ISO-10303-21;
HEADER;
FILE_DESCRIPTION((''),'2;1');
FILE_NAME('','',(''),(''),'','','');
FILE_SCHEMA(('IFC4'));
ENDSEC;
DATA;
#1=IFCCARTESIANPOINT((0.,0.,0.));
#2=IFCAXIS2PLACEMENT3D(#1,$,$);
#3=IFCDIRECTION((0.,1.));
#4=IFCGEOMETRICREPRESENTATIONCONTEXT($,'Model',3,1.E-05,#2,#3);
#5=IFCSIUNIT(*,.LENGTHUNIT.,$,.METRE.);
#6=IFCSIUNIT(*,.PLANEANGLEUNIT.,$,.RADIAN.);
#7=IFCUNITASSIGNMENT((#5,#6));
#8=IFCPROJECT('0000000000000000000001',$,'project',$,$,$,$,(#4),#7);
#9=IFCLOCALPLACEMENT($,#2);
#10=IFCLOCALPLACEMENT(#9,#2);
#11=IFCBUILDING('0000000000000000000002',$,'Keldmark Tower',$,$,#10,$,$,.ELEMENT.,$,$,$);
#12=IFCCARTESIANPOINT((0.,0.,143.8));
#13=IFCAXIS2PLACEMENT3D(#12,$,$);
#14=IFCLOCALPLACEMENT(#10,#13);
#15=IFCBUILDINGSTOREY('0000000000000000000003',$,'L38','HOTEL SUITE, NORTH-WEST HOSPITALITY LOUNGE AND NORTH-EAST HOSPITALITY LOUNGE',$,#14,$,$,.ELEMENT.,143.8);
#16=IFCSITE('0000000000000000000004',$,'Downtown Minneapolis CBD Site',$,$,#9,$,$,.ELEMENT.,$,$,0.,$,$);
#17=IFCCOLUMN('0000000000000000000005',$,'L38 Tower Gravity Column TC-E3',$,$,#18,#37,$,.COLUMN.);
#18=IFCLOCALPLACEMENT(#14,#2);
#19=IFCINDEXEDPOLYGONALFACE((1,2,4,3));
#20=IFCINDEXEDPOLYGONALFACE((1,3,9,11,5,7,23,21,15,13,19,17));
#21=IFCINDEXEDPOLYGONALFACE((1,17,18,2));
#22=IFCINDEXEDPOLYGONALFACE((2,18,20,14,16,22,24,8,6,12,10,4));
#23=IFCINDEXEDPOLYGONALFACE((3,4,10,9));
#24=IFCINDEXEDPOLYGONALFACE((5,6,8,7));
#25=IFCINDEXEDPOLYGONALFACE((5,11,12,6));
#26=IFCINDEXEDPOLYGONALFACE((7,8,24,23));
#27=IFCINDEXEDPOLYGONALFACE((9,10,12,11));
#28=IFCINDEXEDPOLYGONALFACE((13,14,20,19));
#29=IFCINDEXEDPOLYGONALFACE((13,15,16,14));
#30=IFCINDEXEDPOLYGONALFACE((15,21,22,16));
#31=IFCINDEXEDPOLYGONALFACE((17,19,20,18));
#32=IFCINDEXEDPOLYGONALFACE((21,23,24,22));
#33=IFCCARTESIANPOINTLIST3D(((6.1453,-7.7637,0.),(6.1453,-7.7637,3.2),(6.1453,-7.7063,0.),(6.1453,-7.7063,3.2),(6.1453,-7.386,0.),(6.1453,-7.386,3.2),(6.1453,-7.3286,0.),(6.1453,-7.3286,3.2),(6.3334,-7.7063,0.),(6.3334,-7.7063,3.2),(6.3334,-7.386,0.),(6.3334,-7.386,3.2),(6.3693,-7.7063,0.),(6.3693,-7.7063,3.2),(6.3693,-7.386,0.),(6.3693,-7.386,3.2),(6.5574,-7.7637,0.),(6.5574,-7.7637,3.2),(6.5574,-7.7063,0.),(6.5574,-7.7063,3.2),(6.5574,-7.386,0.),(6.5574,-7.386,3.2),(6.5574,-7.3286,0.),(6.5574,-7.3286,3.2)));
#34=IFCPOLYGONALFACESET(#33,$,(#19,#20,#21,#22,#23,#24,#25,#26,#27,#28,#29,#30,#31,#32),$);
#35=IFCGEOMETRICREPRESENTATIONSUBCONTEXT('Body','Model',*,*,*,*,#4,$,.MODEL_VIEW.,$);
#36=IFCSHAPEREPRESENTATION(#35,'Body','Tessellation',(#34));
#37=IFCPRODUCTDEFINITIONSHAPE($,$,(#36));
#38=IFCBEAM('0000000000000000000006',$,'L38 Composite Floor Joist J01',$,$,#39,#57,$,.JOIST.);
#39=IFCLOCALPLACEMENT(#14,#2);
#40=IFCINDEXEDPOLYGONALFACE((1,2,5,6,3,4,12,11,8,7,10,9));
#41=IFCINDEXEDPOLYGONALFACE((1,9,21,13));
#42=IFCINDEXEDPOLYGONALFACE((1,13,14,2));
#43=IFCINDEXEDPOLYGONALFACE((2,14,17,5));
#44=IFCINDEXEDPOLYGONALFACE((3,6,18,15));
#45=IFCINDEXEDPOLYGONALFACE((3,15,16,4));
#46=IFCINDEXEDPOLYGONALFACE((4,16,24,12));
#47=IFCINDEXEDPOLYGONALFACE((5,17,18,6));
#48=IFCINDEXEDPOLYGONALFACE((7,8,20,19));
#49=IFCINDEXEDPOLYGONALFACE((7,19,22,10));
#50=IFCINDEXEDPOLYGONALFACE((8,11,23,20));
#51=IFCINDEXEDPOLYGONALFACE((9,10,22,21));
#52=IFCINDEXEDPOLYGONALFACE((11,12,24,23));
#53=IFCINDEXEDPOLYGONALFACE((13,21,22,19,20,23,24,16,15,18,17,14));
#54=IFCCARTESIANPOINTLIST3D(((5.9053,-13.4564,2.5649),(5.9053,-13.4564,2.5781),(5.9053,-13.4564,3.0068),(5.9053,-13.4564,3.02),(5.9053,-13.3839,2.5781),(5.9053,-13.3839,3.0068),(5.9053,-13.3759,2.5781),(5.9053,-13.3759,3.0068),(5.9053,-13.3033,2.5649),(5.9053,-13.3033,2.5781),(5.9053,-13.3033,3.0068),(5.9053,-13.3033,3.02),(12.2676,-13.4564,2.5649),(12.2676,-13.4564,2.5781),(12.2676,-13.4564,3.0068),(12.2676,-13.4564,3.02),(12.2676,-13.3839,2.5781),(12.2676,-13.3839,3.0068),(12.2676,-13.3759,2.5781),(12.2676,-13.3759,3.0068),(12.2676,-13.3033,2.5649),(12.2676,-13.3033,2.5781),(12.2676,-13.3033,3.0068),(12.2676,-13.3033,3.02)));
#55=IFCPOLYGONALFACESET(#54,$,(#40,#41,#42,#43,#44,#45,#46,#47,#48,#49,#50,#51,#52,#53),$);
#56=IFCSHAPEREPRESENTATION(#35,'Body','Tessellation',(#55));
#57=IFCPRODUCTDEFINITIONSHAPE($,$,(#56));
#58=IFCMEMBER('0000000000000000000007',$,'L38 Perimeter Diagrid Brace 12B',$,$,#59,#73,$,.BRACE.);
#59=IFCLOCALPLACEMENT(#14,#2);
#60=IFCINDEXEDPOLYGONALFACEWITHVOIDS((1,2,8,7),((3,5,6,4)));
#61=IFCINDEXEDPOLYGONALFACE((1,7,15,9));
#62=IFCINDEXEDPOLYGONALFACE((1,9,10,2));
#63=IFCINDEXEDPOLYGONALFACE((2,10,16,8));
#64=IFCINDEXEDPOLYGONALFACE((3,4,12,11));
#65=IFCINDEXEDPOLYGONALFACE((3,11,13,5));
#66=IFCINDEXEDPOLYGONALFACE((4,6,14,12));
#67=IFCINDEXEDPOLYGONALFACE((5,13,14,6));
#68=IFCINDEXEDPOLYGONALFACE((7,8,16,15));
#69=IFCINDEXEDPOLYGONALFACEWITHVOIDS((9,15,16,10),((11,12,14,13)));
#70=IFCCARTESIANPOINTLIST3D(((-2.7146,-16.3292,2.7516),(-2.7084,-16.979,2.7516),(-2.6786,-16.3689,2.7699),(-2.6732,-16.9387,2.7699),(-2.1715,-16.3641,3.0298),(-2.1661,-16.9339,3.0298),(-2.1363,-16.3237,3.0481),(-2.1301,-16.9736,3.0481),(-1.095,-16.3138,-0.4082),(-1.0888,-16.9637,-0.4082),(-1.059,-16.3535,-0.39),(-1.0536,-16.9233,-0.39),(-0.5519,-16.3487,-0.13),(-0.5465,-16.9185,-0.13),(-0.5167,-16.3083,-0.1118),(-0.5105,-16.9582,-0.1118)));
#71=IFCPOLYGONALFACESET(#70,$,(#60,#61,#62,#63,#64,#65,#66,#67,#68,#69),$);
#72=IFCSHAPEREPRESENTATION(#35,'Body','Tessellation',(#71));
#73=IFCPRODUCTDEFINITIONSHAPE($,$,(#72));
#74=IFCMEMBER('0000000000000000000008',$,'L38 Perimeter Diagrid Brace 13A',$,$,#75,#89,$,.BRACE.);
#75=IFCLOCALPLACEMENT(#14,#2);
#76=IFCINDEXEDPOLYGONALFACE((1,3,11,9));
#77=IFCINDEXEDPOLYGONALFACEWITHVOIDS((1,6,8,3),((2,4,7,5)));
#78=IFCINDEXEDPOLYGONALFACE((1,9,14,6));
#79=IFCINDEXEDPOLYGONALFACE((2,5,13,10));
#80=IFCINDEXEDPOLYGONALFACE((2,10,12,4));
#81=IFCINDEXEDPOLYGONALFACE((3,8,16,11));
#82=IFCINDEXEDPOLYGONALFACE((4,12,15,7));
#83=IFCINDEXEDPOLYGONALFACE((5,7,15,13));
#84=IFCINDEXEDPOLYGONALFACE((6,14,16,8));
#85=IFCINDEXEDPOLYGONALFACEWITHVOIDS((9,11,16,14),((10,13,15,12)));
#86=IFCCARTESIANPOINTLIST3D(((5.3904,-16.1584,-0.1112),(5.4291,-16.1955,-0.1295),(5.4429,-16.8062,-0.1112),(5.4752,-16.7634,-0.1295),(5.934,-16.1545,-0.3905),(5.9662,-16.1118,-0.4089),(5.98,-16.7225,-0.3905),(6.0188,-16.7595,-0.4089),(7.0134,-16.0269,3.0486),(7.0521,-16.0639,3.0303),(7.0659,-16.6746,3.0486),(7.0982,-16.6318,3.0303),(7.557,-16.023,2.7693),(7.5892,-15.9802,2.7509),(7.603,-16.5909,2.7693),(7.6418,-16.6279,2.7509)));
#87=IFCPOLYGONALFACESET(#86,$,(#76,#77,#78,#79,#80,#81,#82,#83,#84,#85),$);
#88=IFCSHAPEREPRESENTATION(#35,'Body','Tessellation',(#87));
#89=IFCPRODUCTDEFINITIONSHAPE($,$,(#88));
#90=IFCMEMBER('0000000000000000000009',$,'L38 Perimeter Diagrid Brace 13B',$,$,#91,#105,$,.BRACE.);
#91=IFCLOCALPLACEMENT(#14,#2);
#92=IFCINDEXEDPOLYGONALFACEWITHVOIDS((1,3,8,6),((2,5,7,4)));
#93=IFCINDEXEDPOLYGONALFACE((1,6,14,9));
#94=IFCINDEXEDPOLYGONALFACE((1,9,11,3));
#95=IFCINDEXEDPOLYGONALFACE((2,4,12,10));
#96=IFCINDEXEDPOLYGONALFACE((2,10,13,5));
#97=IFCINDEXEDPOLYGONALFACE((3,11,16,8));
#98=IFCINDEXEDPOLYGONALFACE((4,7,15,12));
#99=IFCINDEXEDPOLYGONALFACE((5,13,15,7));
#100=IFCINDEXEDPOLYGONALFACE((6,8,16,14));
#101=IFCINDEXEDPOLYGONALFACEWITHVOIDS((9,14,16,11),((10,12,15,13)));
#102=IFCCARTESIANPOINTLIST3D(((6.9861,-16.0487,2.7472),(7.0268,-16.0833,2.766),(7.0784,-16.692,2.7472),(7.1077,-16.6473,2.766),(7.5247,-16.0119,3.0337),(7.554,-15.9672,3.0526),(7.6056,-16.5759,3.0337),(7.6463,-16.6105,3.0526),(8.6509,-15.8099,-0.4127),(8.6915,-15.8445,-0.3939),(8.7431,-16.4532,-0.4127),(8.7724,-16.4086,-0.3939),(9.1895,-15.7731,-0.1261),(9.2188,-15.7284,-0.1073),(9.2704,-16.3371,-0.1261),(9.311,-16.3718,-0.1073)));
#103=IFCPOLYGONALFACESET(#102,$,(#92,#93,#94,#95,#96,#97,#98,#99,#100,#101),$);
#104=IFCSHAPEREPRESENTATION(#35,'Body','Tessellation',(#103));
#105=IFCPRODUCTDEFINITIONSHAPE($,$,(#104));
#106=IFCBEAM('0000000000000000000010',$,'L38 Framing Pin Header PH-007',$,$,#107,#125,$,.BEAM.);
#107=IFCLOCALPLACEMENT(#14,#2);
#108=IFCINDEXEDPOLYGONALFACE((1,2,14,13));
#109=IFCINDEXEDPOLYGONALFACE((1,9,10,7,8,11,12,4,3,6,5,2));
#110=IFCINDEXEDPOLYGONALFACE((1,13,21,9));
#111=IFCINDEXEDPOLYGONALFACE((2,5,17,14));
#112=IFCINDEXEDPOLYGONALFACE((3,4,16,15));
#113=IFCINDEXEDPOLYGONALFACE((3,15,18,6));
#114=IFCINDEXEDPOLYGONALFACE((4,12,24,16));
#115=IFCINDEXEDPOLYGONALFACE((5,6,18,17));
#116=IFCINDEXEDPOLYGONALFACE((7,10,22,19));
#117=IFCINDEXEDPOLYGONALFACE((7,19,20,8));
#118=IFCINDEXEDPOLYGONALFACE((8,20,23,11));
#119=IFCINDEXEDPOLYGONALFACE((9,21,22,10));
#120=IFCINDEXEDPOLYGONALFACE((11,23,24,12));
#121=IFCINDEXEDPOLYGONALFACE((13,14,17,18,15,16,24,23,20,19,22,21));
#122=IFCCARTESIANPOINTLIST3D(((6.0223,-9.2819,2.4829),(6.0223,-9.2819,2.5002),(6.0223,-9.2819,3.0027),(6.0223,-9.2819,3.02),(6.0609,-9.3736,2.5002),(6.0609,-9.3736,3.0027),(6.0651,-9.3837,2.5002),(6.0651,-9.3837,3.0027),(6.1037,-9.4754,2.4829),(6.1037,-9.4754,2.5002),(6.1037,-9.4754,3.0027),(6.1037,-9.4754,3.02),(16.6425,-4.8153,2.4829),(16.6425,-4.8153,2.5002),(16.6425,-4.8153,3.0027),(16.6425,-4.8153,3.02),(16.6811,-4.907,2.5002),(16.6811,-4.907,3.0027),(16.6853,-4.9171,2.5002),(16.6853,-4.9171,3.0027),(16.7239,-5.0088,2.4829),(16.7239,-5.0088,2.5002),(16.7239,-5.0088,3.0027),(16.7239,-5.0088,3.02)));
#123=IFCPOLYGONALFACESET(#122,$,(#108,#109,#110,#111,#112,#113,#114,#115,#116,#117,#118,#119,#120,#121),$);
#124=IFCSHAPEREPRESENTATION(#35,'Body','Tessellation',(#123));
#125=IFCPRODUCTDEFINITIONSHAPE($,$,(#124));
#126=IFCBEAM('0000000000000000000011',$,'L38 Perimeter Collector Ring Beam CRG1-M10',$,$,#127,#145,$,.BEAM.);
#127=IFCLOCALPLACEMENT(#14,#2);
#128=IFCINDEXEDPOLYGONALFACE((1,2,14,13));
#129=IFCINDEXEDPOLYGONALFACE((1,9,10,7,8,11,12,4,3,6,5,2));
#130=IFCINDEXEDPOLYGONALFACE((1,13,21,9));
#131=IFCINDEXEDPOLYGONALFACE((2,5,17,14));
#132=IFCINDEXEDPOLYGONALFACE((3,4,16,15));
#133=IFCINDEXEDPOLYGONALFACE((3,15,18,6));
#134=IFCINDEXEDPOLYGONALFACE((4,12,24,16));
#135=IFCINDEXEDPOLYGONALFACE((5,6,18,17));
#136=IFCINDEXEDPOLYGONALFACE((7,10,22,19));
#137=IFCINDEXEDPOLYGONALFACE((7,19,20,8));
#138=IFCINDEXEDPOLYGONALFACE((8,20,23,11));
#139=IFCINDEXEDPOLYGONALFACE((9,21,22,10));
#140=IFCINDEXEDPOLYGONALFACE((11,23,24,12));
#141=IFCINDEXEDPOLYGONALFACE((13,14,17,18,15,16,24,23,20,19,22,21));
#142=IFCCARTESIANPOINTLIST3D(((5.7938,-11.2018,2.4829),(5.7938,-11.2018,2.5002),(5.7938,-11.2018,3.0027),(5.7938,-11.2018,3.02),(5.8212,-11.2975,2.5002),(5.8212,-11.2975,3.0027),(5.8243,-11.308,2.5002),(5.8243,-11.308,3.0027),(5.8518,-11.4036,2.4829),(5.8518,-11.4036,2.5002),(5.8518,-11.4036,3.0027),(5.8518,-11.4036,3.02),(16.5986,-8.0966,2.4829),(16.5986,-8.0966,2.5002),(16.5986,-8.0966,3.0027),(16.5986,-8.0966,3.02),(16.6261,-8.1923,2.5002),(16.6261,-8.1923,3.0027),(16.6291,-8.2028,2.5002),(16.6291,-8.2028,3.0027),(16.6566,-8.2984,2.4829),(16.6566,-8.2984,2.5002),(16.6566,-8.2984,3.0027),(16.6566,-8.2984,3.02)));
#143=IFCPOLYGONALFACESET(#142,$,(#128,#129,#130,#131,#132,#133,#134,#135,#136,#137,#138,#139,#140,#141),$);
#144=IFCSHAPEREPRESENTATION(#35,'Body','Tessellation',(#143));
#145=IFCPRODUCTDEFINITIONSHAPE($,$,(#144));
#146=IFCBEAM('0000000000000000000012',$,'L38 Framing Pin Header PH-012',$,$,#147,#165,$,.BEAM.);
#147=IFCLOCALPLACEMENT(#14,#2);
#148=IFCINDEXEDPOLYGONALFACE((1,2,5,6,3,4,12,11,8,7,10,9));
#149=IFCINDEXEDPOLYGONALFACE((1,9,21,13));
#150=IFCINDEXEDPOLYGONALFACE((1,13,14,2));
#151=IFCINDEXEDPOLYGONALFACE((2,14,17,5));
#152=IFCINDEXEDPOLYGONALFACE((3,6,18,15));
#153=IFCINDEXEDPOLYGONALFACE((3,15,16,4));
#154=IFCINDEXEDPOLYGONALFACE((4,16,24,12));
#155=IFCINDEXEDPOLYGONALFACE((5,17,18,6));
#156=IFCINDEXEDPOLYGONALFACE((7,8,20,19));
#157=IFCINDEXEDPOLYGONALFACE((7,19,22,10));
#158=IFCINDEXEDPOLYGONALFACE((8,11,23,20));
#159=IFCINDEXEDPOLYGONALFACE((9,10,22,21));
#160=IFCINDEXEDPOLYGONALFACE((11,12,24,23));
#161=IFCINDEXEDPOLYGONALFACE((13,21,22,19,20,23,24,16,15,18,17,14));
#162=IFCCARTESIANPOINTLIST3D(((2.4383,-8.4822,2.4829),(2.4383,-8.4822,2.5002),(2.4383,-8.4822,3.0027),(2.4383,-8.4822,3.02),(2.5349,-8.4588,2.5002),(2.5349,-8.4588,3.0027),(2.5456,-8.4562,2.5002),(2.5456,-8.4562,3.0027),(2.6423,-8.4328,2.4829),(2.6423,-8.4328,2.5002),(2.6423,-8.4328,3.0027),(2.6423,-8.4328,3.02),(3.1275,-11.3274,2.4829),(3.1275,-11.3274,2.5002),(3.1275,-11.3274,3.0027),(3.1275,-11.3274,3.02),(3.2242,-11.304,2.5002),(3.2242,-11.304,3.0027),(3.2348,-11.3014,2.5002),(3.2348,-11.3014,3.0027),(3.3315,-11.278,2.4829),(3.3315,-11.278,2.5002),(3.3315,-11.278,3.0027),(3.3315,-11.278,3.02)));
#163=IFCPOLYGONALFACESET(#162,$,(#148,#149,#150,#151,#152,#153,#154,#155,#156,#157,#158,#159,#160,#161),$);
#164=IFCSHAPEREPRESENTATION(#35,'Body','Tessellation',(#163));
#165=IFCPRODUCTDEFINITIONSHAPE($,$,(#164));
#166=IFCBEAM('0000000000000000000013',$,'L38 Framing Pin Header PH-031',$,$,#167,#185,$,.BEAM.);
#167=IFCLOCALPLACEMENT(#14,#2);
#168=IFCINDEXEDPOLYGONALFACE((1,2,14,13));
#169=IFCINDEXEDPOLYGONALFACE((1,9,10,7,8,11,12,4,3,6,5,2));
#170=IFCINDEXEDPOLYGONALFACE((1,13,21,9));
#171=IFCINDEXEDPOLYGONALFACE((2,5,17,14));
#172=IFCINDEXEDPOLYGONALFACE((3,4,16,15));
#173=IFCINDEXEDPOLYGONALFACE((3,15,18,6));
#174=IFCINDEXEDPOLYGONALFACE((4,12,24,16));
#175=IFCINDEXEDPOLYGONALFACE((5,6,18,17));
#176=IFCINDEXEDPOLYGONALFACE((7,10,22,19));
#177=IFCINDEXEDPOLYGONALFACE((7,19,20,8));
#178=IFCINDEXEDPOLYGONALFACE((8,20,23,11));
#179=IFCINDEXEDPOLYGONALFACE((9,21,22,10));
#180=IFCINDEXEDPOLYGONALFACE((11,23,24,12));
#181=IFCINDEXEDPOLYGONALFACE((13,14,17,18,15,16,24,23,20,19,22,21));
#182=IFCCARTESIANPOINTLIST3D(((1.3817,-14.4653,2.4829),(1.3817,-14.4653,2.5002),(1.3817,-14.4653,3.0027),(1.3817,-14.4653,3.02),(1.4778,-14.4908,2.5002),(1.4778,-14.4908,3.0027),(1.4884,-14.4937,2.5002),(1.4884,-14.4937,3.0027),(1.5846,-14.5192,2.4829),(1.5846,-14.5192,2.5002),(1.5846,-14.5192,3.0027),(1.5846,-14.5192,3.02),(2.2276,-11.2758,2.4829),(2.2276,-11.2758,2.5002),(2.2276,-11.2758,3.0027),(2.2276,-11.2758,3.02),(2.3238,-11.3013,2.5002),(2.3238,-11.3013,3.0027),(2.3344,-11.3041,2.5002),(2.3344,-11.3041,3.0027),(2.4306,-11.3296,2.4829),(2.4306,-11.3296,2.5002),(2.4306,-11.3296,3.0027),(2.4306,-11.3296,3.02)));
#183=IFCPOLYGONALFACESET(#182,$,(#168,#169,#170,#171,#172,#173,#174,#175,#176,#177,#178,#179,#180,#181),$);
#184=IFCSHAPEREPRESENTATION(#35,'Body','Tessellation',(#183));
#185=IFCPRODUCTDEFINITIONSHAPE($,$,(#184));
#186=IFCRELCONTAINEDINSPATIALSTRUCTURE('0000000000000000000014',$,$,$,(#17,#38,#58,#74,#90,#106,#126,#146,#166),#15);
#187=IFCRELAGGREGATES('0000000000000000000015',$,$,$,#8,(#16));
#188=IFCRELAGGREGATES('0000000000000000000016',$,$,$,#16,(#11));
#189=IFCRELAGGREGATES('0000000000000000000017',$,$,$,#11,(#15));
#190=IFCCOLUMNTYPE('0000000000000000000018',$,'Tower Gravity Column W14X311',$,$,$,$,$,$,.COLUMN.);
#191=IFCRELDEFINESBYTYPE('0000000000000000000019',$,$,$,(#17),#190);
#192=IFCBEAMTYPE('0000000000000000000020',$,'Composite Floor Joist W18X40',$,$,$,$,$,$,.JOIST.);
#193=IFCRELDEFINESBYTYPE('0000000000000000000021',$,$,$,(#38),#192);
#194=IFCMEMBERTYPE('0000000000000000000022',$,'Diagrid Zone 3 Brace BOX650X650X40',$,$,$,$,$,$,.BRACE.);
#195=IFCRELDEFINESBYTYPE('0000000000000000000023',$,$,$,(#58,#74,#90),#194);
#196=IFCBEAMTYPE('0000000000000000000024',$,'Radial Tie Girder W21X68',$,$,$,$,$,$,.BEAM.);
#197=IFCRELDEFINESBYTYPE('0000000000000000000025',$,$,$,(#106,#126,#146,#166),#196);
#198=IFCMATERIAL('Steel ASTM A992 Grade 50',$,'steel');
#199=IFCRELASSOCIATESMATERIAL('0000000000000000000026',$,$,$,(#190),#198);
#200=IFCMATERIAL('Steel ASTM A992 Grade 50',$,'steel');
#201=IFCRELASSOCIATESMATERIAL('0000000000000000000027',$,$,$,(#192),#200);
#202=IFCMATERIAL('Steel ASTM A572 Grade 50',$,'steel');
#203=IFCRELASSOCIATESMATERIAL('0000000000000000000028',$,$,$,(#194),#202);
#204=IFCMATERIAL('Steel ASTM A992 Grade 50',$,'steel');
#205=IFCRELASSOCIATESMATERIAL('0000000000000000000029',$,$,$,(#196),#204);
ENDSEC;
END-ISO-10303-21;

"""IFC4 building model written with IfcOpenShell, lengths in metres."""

from ifc_helpers import new_model, si_unit, direction, frame, origin, origin_2d, place, context, subcontext, project, spatial, hollow_rectangle, i_section, extrude, material, material_profile, profile_set, type_object, element, save


model = new_model("IFC4")

# Units and contexts
model_context = context("Model", 3, precision=1e-05, world=origin(), true_north=direction((0.0, 1.0)))
body_context = subcontext(model_context, "Body", "Model", "MODEL_VIEW")
ifc_project = project(units=[si_unit("LENGTHUNIT", "METRE"), si_unit("PLANEANGLEUNIT", "RADIAN")], contexts=[model_context])

# Site, building, storey
site_placement = place(None, origin())
site = spatial("IfcSite", under=ifc_project, at=site_placement, Name="Downtown Minneapolis CBD Site", CompositionType="ELEMENT", RefElevation=0.0)
building_placement = place(site_placement, origin())
building = spatial("IfcBuilding", under=site, at=building_placement, Name="Keldmark Tower", CompositionType="ELEMENT")
storey_placement = place(building_placement, frame((0.0, 0.0, 143.8)))
storey = spatial("IfcBuildingStorey", under=building, at=storey_placement, Name="L38", Description="HOTEL SUITE, NORTH-WEST HOSPITALITY LOUNGE AND NORTH-EAST HOSPITALITY LOUNGE", CompositionType="ELEMENT", Elevation=143.8)

# Column
ifc_material_1 = material(Name="Steel ASTM A992 Grade 50", Category="steel")
ifc_material_profile_1 = material_profile(ifc_material_1, i_section(OverallWidth=0.4121, OverallDepth=0.4351, WebThickness=0.0359, FlangeThickness=0.0574, at=origin_2d()), Name="W14X311")
ifc_profile_set_1 = profile_set([ifc_material_profile_1], Name="Steel ASTM A992 Grade 50")
column_type = type_object("IfcColumnType", Name="Tower Gravity Column W14X311", PredefinedType="COLUMN", material=ifc_profile_set_1)
column_placement = place(storey_placement, frame((6.3513, -7.5461, 0.0), z_axis=(0.0, 0.0, 1.0), x_axis=(1.0, 0.0, 0.0)))
element("IfcColumn", 1, at=column_placement, inside=storey, type_object=column_type, Name="L38 Tower Gravity Column TC-E3", PredefinedType="COLUMN", context=body_context, shape_type="SweptSolid", body=[
    extrude(i_section(OverallWidth=0.4121, OverallDepth=0.4351, WebThickness=0.0359, FlangeThickness=0.0574, at=origin_2d()), origin(), (0.0, 0.0, 1.0), 3.2),
])

# Beam
ifc_material_2 = material(Name="Steel ASTM A992 Grade 50", Category="steel")
ifc_material_profile_2 = material_profile(ifc_material_2, i_section(OverallWidth=0.1531, OverallDepth=0.4551, WebThickness=0.0081, FlangeThickness=0.0132, at=origin_2d()), Name="W18X40")
ifc_profile_set_2 = profile_set([ifc_material_profile_2], Name="Steel ASTM A992 Grade 50")
beam_type_1 = type_object("IfcBeamType", Name="Composite Floor Joist W18X40", PredefinedType="JOIST", material=ifc_profile_set_2)
beam_1_placement = place(storey_placement, frame((5.9053, -13.3799, 2.7925), z_axis=(1.0, 0.0, 0.0), x_axis=(0.0, 1.0, 0.0)))
element("IfcBeam", 2, at=beam_1_placement, inside=storey, type_object=beam_type_1, Name="L38 Composite Floor Joist J01", PredefinedType="JOIST", context=body_context, shape_type="SweptSolid", body=[
    extrude(i_section(OverallWidth=0.1531, OverallDepth=0.4551, WebThickness=0.0081, FlangeThickness=0.0132, at=origin_2d()), origin(), (0.0, 0.0, 1.0), 6.3623),
])

# Members
ifc_material_3 = material(Name="Steel ASTM A572 Grade 50", Category="steel")
ifc_material_profile_3 = material_profile(ifc_material_3, hollow_rectangle(XDim=0.6499, YDim=0.6499, WallThickness=0.04, at=origin_2d()), Name="BOX650X650X40")
ifc_profile_set_3 = profile_set([ifc_material_profile_3], Name="Steel ASTM A572 Grade 50")
member_type = type_object("IfcMemberType", Name="Diagrid Zone 3 Brace BOX650X650X40", PredefinedType="BRACE", material=ifc_profile_set_3)
member_1_placement = place(storey_placement, frame((-0.8027, -16.636, -0.26), z_axis=(-0.456125, -0.004332, 0.889905), x_axis=(0.009496, -0.999955, 0.0)))
element("IfcMember", 3, at=member_1_placement, inside=storey, type_object=member_type, Name="L38 Perimeter Diagrid Brace 12B", PredefinedType="BRACE", context=body_context, shape_type="SweptSolid", body=[
    extrude(hollow_rectangle(XDim=0.6499, YDim=0.6499, WallThickness=0.04, at=origin_2d()), origin(), (0.0, 0.0, 1.0), 3.5508),
])
member_2_placement = place(storey_placement, frame((5.7046, -16.459, -0.26), z_axis=(0.456578, 0.037018, 0.888913), x_axis=(-0.080812, 0.996729, 0.0)))
element("IfcMember", 4, at=member_2_placement, inside=storey, type_object=member_type, Name="L38 Perimeter Diagrid Brace 13A", PredefinedType="BRACE", context=body_context, shape_type="SweptSolid", body=[
    extrude(hollow_rectangle(XDim=0.6499, YDim=0.6499, WallThickness=0.04, at=origin_2d()), origin(), (0.0, 0.0, 1.0), 3.5547),
])
member_3_placement = place(storey_placement, frame((8.981, -16.0908, -0.26), z_axis=(-0.465077, -0.066703, 0.882754), x_axis=(0.14197, -0.989871, 0.0)))
element("IfcMember", 5, at=member_3_placement, inside=storey, type_object=member_type, Name="L38 Perimeter Diagrid Brace 13B", PredefinedType="BRACE", context=body_context, shape_type="SweptSolid", body=[
    extrude(hollow_rectangle(XDim=0.6499, YDim=0.6499, WallThickness=0.04, at=origin_2d()), origin(), (0.0, 0.0, 1.0), 3.5796),
])

# Beams
ifc_material_4 = material(Name="Steel ASTM A992 Grade 50", Category="steel")
ifc_material_profile_4 = material_profile(ifc_material_4, i_section(OverallWidth=0.21, OverallDepth=0.5371, WebThickness=0.011, FlangeThickness=0.0173, at=origin_2d()), Name="W21X68")
ifc_profile_set_4 = profile_set([ifc_material_profile_4], Name="Steel ASTM A992 Grade 50")
beam_type_2 = type_object("IfcBeamType", Name="Radial Tie Girder W21X68", PredefinedType="BEAM", material=ifc_profile_set_4)
beam_2_placement = place(storey_placement, frame((6.063, -9.3787, 2.7515), z_axis=(0.921793, 0.387683, 0.0), x_axis=(-0.387683, 0.921793, 0.0)))
element("IfcBeam", 6, at=beam_2_placement, inside=storey, type_object=beam_type_2, Name="L38 Framing Pin Header PH-007", PredefinedType="BEAM", context=body_context, shape_type="SweptSolid", body=[
    extrude(i_section(OverallWidth=0.21, OverallDepth=0.5371, WebThickness=0.011, FlangeThickness=0.0173, at=origin_2d()), origin(), (0.0, 0.0, 1.0), 11.5212),
])
beam_3_placement = place(storey_placement, frame((5.8228, -11.3027, 2.7515), z_axis=(0.961097, 0.276209, 0.0), x_axis=(-0.276209, 0.961097, 0.0)))
element("IfcBeam", 7, at=beam_3_placement, inside=storey, type_object=beam_type_2, Name="L38 Perimeter Collector Ring Beam CRG1-M10", PredefinedType="BEAM", context=body_context, shape_type="SweptSolid", body=[
    extrude(i_section(OverallWidth=0.21, OverallDepth=0.5371, WebThickness=0.011, FlangeThickness=0.0173, at=origin_2d()), origin(), (0.0, 0.0, 1.0), 11.2422),
])
beam_4_placement = place(storey_placement, frame((2.5403, -8.4575, 2.7515), z_axis=(0.235426, -0.971892, 0.0), x_axis=(0.971892, 0.235426, 0.0)))
element("IfcBeam", 8, at=beam_4_placement, inside=storey, type_object=beam_type_2, Name="L38 Framing Pin Header PH-012", PredefinedType="BEAM", context=body_context, shape_type="SweptSolid", body=[
    extrude(i_section(OverallWidth=0.21, OverallDepth=0.5371, WebThickness=0.011, FlangeThickness=0.0173, at=origin_2d()), origin(), (0.0, 0.0, 1.0), 2.9275),
])
beam_5_placement = place(storey_placement, frame((2.3291, -11.3027, 2.7515), z_axis=(-0.256368, -0.966579, 0.0), x_axis=(0.966579, -0.256368, 0.0)))
element("IfcBeam", 9, at=beam_5_placement, inside=storey, type_object=beam_type_2, Name="L38 Framing Pin Header PH-031", PredefinedType="BEAM", context=body_context, shape_type="SweptSolid", body=[
    extrude(i_section(OverallWidth=0.21, OverallDepth=0.5371, WebThickness=0.011, FlangeThickness=0.0173, at=origin_2d()), origin(), (0.0, 0.0, 1.0), 3.2998),
])

save(model, "model.ifc")
